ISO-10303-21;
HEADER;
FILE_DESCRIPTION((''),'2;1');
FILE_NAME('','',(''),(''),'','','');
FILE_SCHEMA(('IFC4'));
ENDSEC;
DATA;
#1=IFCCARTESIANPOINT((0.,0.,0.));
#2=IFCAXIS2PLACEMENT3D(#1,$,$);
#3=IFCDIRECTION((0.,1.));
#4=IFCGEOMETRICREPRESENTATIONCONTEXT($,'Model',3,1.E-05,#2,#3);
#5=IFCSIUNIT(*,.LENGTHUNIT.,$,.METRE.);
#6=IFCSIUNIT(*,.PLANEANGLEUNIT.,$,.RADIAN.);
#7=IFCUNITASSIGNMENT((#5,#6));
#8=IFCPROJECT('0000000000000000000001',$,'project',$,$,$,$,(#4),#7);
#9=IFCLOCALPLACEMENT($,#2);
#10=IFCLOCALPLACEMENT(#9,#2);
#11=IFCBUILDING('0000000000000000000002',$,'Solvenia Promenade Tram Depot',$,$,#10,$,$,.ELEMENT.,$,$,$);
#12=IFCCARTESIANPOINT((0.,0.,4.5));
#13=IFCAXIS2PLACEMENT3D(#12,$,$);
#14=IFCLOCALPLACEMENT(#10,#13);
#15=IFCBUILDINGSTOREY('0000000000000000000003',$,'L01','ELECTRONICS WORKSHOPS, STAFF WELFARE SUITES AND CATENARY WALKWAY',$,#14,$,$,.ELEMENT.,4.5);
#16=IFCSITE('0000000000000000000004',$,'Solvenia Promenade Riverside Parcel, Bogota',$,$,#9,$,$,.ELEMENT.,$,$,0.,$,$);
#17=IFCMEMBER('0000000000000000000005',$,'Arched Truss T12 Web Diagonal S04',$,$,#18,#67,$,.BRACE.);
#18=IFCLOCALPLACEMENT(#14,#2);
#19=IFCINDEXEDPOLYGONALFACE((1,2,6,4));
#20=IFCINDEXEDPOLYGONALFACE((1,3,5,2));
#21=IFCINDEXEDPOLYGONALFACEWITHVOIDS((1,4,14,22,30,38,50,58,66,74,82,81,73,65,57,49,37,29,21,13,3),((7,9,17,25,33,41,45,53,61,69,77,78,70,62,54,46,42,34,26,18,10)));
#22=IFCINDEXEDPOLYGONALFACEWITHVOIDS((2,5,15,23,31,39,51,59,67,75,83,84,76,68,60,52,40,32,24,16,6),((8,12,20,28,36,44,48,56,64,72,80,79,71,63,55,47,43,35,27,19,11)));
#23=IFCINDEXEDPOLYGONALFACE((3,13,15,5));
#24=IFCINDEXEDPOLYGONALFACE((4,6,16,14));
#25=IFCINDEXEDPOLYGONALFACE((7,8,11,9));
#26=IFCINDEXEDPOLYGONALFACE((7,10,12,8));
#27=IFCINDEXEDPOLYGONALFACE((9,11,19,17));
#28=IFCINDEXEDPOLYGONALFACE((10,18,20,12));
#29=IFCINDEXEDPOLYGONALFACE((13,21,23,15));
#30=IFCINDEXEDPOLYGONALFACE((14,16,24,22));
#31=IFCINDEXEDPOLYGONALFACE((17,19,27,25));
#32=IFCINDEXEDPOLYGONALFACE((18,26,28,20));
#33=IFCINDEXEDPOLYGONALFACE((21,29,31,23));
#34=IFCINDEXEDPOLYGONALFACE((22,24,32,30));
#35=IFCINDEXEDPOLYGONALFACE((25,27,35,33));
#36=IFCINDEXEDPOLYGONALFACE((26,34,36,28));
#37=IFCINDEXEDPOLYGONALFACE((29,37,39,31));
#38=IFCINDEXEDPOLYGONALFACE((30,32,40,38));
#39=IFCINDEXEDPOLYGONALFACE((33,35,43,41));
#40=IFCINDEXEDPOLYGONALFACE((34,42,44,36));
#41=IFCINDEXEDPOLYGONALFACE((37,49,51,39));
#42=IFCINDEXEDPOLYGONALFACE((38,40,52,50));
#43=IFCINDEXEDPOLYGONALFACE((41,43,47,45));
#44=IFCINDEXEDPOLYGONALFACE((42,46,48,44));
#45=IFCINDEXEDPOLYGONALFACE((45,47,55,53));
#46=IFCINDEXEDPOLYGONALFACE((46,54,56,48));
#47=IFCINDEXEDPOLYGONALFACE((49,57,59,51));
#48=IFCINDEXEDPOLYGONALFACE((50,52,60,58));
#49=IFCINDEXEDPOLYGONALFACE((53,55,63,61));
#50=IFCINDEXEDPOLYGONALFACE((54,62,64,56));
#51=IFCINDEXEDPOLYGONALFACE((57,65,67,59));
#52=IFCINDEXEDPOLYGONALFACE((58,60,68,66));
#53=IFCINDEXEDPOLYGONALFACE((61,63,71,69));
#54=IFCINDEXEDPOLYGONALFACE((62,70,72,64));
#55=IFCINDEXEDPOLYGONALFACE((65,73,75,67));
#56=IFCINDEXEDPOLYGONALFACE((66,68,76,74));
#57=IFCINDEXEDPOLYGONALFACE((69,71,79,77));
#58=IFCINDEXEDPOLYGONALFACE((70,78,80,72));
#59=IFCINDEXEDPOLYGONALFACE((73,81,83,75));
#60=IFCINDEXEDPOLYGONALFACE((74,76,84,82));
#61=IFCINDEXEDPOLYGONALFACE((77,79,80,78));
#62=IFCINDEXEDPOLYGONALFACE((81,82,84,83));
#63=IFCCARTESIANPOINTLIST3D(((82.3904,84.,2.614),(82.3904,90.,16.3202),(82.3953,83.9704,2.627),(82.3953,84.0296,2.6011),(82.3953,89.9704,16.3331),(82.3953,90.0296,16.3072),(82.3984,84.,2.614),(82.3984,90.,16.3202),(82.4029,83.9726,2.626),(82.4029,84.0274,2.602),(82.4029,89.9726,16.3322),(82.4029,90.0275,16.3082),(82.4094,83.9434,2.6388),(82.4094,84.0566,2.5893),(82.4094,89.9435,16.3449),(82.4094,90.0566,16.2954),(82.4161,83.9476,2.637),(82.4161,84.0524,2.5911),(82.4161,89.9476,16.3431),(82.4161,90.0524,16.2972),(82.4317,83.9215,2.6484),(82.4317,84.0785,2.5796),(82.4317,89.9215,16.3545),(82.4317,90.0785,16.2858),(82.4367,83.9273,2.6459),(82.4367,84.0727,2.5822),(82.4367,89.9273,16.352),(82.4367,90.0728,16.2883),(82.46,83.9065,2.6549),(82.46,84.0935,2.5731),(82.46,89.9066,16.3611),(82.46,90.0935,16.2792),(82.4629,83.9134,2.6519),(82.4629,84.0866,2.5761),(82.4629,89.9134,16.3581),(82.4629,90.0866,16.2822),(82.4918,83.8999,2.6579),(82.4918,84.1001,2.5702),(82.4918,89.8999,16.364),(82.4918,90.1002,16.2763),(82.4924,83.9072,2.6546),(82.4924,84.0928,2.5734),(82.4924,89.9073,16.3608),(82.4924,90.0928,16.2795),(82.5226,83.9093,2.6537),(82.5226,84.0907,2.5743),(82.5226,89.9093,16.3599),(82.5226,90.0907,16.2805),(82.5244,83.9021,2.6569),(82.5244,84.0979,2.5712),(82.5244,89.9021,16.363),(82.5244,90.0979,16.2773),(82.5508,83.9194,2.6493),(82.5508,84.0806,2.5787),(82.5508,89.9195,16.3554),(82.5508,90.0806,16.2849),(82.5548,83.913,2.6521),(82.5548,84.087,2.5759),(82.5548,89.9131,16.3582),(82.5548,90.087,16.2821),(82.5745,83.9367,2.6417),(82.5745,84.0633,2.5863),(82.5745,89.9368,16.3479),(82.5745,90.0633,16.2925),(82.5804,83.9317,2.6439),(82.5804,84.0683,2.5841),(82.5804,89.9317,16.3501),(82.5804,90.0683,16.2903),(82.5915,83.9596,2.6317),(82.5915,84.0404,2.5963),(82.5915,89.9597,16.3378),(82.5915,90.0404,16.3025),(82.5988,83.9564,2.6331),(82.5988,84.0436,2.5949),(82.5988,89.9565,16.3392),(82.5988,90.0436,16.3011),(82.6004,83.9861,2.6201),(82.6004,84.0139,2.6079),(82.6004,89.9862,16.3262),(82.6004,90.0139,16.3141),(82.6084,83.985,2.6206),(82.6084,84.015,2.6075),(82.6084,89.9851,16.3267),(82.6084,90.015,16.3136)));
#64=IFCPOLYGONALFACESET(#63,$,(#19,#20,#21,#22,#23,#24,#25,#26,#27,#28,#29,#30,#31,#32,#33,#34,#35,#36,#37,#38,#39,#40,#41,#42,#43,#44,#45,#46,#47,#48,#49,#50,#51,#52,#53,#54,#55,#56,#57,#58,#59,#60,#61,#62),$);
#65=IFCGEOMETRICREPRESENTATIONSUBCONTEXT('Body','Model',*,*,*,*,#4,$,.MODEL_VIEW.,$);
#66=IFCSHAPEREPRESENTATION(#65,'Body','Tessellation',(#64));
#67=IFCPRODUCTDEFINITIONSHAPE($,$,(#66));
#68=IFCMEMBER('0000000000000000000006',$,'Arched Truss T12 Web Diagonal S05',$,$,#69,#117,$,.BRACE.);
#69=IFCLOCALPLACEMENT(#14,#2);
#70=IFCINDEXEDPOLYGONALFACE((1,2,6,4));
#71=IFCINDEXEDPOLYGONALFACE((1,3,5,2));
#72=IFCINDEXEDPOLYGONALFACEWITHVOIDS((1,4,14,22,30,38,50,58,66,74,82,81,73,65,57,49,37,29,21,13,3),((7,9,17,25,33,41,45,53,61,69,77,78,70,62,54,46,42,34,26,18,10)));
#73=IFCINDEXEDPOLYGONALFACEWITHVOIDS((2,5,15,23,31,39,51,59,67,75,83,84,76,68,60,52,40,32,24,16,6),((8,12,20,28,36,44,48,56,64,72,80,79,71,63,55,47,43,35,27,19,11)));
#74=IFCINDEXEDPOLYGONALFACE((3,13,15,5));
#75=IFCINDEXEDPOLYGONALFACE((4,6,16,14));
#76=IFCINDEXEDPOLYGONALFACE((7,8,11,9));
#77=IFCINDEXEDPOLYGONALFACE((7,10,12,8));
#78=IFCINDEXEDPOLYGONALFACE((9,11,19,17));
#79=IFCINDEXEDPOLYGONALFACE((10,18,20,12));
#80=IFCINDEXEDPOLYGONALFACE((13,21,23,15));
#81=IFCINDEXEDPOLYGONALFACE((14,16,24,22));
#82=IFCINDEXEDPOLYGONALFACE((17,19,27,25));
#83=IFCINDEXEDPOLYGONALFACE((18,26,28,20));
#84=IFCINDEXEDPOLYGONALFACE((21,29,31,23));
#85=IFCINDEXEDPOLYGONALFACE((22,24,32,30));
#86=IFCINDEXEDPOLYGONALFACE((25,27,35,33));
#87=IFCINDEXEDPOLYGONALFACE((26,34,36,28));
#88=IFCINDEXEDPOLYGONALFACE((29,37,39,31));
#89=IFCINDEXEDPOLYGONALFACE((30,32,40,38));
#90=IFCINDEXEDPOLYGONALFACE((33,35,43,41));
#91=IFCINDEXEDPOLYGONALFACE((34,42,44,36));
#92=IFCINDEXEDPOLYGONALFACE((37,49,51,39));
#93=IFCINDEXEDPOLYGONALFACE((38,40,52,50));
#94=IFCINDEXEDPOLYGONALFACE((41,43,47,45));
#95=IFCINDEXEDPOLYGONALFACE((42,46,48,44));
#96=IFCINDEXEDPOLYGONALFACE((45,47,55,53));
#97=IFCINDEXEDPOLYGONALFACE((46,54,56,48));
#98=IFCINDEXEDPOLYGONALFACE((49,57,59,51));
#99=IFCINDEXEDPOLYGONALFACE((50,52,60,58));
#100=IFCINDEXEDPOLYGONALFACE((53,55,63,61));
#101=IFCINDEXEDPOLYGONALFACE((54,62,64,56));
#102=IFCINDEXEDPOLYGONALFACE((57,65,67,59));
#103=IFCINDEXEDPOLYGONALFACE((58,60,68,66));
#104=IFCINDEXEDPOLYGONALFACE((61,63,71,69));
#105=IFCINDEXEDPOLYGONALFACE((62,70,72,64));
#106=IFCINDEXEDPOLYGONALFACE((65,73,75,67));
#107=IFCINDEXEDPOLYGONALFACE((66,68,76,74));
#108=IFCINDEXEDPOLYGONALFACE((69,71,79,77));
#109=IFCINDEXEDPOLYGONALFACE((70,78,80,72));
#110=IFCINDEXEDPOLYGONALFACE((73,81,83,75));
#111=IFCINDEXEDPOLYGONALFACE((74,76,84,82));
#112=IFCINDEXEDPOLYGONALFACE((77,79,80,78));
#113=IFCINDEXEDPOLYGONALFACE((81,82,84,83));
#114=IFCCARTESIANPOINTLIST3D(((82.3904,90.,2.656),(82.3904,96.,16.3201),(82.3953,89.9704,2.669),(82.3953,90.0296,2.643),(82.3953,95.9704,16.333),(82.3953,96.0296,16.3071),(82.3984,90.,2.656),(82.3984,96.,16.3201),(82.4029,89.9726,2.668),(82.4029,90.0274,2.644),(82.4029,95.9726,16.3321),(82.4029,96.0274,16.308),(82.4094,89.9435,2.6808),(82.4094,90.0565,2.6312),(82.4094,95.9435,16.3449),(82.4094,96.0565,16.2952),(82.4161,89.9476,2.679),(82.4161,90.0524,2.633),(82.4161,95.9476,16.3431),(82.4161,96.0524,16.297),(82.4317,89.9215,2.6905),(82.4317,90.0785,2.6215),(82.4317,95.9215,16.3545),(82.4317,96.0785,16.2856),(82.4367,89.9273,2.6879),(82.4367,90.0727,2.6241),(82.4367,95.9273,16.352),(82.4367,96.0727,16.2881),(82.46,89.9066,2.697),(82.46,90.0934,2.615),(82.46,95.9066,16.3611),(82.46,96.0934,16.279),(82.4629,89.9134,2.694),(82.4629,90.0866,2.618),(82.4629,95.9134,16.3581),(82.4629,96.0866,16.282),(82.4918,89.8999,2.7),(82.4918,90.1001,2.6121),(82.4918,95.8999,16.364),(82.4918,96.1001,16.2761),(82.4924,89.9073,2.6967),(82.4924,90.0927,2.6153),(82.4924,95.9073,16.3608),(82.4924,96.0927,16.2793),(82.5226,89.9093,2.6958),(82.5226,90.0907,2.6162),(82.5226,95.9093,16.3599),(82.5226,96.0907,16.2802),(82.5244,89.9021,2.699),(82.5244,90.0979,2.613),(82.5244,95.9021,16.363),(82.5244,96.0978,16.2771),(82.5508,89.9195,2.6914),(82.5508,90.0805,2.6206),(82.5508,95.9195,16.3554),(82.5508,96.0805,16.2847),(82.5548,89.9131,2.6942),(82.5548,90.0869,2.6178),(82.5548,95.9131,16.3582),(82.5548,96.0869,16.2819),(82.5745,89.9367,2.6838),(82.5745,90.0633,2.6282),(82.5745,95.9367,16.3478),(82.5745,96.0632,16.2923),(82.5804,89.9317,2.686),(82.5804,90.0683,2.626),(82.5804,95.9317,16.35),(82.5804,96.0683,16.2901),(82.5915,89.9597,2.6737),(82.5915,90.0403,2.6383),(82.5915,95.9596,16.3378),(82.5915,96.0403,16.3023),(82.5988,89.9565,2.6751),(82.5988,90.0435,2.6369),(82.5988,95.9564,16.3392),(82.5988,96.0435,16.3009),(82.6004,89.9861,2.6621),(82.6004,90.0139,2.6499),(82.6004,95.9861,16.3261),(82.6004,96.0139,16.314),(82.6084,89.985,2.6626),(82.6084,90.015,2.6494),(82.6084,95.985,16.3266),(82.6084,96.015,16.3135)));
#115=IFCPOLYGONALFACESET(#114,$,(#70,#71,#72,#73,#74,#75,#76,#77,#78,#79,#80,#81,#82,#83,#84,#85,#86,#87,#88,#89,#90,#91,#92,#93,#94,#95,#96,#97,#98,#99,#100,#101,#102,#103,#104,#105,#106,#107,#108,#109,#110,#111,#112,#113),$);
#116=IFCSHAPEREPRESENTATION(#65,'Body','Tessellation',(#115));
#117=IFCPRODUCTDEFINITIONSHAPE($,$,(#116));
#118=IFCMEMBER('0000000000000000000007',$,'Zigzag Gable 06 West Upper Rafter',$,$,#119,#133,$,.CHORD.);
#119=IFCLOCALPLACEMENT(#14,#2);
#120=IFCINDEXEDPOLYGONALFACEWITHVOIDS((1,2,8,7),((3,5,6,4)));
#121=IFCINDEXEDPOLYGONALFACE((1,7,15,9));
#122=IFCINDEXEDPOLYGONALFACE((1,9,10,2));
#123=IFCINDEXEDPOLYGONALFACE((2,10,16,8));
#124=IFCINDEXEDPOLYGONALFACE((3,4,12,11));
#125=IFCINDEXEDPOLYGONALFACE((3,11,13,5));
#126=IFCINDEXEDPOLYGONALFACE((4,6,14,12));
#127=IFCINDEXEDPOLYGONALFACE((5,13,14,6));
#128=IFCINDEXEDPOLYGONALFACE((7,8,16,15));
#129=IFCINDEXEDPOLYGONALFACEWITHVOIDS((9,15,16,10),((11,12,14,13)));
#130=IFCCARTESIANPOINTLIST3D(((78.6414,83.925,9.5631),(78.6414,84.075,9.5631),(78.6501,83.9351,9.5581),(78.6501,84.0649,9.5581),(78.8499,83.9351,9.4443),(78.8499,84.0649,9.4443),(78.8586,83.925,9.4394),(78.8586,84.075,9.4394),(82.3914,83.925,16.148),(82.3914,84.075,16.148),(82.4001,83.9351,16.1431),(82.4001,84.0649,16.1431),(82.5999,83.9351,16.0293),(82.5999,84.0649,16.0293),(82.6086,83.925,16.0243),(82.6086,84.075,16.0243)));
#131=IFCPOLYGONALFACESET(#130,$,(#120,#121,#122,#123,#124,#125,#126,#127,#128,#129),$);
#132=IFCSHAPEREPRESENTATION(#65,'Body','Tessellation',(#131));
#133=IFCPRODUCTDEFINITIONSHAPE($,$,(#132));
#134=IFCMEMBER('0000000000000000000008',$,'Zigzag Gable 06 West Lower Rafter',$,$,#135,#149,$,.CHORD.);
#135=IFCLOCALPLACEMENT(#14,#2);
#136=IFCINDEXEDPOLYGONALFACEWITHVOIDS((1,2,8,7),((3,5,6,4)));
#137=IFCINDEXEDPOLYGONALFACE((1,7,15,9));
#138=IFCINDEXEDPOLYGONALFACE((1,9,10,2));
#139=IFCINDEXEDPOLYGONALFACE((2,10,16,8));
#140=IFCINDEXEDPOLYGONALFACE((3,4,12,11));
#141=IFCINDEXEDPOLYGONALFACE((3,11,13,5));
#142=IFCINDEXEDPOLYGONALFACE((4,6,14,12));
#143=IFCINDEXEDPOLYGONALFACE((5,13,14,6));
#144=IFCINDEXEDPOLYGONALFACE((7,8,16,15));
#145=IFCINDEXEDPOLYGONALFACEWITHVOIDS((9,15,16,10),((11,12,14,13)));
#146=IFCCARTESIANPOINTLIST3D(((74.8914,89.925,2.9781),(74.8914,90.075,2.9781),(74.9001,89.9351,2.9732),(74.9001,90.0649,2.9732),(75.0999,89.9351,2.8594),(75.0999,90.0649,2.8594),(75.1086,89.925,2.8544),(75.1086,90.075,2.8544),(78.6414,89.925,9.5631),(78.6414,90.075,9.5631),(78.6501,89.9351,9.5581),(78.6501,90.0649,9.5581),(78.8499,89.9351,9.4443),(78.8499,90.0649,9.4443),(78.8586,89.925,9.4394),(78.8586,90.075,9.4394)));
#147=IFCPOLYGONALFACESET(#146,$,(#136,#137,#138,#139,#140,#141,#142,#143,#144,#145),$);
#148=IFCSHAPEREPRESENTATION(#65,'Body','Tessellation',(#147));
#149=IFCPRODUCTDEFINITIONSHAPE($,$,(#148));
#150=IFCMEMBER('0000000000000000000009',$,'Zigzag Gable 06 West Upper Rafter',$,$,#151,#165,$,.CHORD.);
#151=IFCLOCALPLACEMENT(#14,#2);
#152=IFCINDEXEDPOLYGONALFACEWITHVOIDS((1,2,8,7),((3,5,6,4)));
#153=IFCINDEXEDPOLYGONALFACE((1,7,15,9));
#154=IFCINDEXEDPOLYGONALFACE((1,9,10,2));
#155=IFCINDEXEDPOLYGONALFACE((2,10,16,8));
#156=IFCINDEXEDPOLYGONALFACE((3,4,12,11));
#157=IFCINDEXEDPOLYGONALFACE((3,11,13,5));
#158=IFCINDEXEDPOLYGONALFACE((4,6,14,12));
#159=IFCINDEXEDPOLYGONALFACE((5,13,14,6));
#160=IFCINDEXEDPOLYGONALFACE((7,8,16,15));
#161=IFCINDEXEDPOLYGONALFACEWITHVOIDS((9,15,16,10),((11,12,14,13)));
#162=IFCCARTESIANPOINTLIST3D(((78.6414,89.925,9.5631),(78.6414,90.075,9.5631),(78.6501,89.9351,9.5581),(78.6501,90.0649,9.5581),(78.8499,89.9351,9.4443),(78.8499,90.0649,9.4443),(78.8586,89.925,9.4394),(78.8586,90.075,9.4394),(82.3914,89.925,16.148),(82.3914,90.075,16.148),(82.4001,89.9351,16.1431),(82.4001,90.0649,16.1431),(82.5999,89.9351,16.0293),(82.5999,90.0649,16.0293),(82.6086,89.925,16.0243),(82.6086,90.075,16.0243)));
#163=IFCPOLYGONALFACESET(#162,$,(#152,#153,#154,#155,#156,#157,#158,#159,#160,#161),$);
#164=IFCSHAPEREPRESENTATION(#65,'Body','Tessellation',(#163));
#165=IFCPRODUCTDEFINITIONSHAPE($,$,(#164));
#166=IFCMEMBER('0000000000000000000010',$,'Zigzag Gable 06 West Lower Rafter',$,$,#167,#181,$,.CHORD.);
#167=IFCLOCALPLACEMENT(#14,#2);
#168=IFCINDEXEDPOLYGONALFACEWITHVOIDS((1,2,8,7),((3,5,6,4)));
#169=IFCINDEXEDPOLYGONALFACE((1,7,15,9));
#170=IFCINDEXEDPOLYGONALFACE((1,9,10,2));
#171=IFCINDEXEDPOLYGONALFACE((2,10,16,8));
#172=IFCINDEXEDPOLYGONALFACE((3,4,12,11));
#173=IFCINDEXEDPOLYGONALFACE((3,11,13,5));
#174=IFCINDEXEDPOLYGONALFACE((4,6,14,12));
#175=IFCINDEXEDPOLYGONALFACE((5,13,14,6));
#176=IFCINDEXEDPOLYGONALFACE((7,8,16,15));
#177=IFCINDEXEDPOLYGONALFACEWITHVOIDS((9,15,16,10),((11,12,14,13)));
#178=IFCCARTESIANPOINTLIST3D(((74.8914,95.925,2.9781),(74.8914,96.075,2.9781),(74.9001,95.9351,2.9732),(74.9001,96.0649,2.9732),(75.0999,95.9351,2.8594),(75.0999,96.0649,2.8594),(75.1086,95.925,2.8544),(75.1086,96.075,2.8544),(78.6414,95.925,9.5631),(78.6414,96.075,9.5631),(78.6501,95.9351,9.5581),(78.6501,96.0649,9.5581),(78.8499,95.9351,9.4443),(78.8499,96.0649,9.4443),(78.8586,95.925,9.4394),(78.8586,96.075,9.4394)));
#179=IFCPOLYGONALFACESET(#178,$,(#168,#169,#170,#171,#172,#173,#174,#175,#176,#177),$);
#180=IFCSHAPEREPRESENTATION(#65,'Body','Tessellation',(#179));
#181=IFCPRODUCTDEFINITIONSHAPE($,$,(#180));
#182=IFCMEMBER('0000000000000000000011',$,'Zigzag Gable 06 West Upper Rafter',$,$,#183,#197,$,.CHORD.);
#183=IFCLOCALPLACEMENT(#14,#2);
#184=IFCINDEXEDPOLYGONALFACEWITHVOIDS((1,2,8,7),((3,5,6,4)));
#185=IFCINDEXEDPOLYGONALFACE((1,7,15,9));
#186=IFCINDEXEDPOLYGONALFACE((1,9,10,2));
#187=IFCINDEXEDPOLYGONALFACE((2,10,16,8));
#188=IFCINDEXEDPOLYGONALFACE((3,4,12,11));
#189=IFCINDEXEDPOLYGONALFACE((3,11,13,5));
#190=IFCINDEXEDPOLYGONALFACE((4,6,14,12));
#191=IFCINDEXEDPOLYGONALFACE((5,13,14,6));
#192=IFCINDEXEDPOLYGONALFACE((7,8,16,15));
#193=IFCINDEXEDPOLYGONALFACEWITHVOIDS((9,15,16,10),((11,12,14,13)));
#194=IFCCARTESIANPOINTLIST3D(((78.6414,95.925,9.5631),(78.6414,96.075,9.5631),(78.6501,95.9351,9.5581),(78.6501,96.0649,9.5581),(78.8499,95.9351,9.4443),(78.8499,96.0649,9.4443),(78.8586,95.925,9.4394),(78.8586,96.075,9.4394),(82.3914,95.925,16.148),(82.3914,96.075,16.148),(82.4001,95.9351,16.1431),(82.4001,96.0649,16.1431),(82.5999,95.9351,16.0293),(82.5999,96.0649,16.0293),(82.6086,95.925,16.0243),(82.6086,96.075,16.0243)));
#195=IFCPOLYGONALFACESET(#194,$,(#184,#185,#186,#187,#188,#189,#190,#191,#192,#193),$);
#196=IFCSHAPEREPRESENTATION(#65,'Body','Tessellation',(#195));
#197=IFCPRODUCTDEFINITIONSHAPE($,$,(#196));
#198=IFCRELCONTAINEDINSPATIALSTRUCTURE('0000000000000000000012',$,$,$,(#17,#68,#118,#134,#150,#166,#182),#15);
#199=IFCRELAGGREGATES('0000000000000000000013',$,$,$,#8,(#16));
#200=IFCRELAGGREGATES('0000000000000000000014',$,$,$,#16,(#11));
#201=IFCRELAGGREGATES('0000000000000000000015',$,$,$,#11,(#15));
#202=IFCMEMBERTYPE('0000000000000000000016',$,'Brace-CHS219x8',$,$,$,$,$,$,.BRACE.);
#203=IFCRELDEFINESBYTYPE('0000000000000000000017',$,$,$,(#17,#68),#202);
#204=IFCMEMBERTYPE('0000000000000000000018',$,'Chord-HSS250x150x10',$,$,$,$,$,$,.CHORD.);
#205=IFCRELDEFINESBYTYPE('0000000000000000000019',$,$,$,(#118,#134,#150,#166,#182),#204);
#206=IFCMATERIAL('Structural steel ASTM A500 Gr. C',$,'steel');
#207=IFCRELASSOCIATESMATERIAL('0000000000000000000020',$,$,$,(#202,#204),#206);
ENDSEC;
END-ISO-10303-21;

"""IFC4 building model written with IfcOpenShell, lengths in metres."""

from ifc_helpers import new_model, si_unit, direction, frame, origin, origin_2d, place, context, subcontext, project, spatial, hollow_rectangle, hollow_circle, extrude, material, material_profile, profile_set, type_object, element, save


model = new_model("IFC4")

# Units and contexts
model_context = context("Model", 3, precision=1e-05, world=origin(), true_north=direction((0.0, 1.0)))
body_context = subcontext(model_context, "Body", "Model", "MODEL_VIEW")
ifc_project = project(units=[si_unit("LENGTHUNIT", "METRE"), si_unit("PLANEANGLEUNIT", "RADIAN")], contexts=[model_context])

# Site, building, storey
site_placement = place(None, origin())
site = spatial("IfcSite", under=ifc_project, at=site_placement, Name="Solvenia Promenade Riverside Parcel, Bogota", CompositionType="ELEMENT", RefElevation=0.0)
building_placement = place(site_placement, origin())
building = spatial("IfcBuilding", under=site, at=building_placement, Name="Solvenia Promenade Tram Depot", CompositionType="ELEMENT")
storey_placement = place(building_placement, frame((0.0, 0.0, 4.5)))
storey = spatial("IfcBuildingStorey", under=building, at=storey_placement, Name="L01", Description="ELECTRONICS WORKSHOPS, STAFF WELFARE SUITES AND CATENARY WALKWAY", CompositionType="ELEMENT", Elevation=4.5)

# Members
ifc_material_1 = material(Name="Structural steel ASTM A500 Gr. C", Category="steel")
ifc_material_profile_1 = material_profile(ifc_material_1, hollow_circle(Radius=0.1096, WallThickness=0.0081, at=origin_2d()), Name="CHS219.1x8", Category="steel")
ifc_profile_set_1 = profile_set([ifc_material_profile_1], Name="Structural steel ASTM A500 Gr. C")
member_type_1 = type_object("IfcMemberType", Name="Brace-CHS219x8", PredefinedType="BRACE", material=ifc_profile_set_1)
member_1_placement = place(storey_placement, frame((82.5, 84.0, 2.614), z_axis=(0.0, 0.401021, 0.916069), x_axis=(-1.0, 0.0, 0.0)))
element("IfcMember", 1, at=member_1_placement, inside=storey, type_object=member_type_1, Name="Arched Truss T12 Web Diagonal S04", PredefinedType="BRACE", context=body_context, shape_type="SweptSolid", body=[
    extrude(hollow_circle(Radius=0.1096, WallThickness=0.0081, at=origin_2d()), origin(), (0.0, 0.0, 1.0), 14.9619),
])
member_2_placement = place(storey_placement, frame((82.5, 90.0, 2.656), z_axis=(0.0, 0.402054, 0.915616), x_axis=(-1.0, 0.0, 0.0)))
element("IfcMember", 2, at=member_2_placement, inside=storey, type_object=member_type_1, Name="Arched Truss T12 Web Diagonal S05", PredefinedType="BRACE", context=body_context, shape_type="SweptSolid", body=[
    extrude(hollow_circle(Radius=0.1096, WallThickness=0.0081, at=origin_2d()), origin(), (0.0, 0.0, 1.0), 14.9233),
])
ifc_material_profile_2 = material_profile(ifc_material_1, hollow_rectangle(XDim=0.1499, YDim=0.25, WallThickness=0.01, at=origin_2d()), Name="HSS250x150x10", Category="steel")
ifc_profile_set_2 = profile_set([ifc_material_profile_2], Name="Structural steel ASTM A500 Gr. C")
member_type_2 = type_object("IfcMemberType", Name="Chord-HSS250x150x10", PredefinedType="CHORD", material=ifc_profile_set_2)
for number, where, z_axis, x_axis, name in (
    (3, (78.75, 84.0, 9.5012), (0.494862, 0.0, 0.868972), (0.0, 1.0, 0.0), "Zigzag Gable 06 West Upper Rafter"),
    (4, (75.0, 90.0, 2.9163), (0.494862, 0.0, 0.868972), (0.0, 1.0, 0.0), "Zigzag Gable 06 West Lower Rafter"),
    (5, (78.75, 90.0, 9.5012), (0.494862, 0.0, 0.868972), (0.0, 1.0, 0.0), "Zigzag Gable 06 West Upper Rafter"),
    (6, (75.0, 96.0, 2.9163), (0.494862, 0.0, 0.868972), (0.0, 1.0, 0.0), "Zigzag Gable 06 West Lower Rafter"),
    (7, (78.75, 96.0, 9.5012), (0.494862, 0.0, 0.868972), (0.0, 1.0, 0.0), "Zigzag Gable 06 West Upper Rafter"),
):
    element("IfcMember", number, at=place(storey_placement, frame(where, z_axis=z_axis, x_axis=x_axis)), inside=storey, type_object=member_type_2, Name=name, PredefinedType="CHORD", context=body_context, shape_type="SweptSolid", body=[
        extrude(hollow_rectangle(XDim=0.1499, YDim=0.25, WallThickness=0.01, at=origin_2d()), origin(), (0.0, 0.0, 1.0), 7.5779),
    ])

save(model, "model.ifc")
